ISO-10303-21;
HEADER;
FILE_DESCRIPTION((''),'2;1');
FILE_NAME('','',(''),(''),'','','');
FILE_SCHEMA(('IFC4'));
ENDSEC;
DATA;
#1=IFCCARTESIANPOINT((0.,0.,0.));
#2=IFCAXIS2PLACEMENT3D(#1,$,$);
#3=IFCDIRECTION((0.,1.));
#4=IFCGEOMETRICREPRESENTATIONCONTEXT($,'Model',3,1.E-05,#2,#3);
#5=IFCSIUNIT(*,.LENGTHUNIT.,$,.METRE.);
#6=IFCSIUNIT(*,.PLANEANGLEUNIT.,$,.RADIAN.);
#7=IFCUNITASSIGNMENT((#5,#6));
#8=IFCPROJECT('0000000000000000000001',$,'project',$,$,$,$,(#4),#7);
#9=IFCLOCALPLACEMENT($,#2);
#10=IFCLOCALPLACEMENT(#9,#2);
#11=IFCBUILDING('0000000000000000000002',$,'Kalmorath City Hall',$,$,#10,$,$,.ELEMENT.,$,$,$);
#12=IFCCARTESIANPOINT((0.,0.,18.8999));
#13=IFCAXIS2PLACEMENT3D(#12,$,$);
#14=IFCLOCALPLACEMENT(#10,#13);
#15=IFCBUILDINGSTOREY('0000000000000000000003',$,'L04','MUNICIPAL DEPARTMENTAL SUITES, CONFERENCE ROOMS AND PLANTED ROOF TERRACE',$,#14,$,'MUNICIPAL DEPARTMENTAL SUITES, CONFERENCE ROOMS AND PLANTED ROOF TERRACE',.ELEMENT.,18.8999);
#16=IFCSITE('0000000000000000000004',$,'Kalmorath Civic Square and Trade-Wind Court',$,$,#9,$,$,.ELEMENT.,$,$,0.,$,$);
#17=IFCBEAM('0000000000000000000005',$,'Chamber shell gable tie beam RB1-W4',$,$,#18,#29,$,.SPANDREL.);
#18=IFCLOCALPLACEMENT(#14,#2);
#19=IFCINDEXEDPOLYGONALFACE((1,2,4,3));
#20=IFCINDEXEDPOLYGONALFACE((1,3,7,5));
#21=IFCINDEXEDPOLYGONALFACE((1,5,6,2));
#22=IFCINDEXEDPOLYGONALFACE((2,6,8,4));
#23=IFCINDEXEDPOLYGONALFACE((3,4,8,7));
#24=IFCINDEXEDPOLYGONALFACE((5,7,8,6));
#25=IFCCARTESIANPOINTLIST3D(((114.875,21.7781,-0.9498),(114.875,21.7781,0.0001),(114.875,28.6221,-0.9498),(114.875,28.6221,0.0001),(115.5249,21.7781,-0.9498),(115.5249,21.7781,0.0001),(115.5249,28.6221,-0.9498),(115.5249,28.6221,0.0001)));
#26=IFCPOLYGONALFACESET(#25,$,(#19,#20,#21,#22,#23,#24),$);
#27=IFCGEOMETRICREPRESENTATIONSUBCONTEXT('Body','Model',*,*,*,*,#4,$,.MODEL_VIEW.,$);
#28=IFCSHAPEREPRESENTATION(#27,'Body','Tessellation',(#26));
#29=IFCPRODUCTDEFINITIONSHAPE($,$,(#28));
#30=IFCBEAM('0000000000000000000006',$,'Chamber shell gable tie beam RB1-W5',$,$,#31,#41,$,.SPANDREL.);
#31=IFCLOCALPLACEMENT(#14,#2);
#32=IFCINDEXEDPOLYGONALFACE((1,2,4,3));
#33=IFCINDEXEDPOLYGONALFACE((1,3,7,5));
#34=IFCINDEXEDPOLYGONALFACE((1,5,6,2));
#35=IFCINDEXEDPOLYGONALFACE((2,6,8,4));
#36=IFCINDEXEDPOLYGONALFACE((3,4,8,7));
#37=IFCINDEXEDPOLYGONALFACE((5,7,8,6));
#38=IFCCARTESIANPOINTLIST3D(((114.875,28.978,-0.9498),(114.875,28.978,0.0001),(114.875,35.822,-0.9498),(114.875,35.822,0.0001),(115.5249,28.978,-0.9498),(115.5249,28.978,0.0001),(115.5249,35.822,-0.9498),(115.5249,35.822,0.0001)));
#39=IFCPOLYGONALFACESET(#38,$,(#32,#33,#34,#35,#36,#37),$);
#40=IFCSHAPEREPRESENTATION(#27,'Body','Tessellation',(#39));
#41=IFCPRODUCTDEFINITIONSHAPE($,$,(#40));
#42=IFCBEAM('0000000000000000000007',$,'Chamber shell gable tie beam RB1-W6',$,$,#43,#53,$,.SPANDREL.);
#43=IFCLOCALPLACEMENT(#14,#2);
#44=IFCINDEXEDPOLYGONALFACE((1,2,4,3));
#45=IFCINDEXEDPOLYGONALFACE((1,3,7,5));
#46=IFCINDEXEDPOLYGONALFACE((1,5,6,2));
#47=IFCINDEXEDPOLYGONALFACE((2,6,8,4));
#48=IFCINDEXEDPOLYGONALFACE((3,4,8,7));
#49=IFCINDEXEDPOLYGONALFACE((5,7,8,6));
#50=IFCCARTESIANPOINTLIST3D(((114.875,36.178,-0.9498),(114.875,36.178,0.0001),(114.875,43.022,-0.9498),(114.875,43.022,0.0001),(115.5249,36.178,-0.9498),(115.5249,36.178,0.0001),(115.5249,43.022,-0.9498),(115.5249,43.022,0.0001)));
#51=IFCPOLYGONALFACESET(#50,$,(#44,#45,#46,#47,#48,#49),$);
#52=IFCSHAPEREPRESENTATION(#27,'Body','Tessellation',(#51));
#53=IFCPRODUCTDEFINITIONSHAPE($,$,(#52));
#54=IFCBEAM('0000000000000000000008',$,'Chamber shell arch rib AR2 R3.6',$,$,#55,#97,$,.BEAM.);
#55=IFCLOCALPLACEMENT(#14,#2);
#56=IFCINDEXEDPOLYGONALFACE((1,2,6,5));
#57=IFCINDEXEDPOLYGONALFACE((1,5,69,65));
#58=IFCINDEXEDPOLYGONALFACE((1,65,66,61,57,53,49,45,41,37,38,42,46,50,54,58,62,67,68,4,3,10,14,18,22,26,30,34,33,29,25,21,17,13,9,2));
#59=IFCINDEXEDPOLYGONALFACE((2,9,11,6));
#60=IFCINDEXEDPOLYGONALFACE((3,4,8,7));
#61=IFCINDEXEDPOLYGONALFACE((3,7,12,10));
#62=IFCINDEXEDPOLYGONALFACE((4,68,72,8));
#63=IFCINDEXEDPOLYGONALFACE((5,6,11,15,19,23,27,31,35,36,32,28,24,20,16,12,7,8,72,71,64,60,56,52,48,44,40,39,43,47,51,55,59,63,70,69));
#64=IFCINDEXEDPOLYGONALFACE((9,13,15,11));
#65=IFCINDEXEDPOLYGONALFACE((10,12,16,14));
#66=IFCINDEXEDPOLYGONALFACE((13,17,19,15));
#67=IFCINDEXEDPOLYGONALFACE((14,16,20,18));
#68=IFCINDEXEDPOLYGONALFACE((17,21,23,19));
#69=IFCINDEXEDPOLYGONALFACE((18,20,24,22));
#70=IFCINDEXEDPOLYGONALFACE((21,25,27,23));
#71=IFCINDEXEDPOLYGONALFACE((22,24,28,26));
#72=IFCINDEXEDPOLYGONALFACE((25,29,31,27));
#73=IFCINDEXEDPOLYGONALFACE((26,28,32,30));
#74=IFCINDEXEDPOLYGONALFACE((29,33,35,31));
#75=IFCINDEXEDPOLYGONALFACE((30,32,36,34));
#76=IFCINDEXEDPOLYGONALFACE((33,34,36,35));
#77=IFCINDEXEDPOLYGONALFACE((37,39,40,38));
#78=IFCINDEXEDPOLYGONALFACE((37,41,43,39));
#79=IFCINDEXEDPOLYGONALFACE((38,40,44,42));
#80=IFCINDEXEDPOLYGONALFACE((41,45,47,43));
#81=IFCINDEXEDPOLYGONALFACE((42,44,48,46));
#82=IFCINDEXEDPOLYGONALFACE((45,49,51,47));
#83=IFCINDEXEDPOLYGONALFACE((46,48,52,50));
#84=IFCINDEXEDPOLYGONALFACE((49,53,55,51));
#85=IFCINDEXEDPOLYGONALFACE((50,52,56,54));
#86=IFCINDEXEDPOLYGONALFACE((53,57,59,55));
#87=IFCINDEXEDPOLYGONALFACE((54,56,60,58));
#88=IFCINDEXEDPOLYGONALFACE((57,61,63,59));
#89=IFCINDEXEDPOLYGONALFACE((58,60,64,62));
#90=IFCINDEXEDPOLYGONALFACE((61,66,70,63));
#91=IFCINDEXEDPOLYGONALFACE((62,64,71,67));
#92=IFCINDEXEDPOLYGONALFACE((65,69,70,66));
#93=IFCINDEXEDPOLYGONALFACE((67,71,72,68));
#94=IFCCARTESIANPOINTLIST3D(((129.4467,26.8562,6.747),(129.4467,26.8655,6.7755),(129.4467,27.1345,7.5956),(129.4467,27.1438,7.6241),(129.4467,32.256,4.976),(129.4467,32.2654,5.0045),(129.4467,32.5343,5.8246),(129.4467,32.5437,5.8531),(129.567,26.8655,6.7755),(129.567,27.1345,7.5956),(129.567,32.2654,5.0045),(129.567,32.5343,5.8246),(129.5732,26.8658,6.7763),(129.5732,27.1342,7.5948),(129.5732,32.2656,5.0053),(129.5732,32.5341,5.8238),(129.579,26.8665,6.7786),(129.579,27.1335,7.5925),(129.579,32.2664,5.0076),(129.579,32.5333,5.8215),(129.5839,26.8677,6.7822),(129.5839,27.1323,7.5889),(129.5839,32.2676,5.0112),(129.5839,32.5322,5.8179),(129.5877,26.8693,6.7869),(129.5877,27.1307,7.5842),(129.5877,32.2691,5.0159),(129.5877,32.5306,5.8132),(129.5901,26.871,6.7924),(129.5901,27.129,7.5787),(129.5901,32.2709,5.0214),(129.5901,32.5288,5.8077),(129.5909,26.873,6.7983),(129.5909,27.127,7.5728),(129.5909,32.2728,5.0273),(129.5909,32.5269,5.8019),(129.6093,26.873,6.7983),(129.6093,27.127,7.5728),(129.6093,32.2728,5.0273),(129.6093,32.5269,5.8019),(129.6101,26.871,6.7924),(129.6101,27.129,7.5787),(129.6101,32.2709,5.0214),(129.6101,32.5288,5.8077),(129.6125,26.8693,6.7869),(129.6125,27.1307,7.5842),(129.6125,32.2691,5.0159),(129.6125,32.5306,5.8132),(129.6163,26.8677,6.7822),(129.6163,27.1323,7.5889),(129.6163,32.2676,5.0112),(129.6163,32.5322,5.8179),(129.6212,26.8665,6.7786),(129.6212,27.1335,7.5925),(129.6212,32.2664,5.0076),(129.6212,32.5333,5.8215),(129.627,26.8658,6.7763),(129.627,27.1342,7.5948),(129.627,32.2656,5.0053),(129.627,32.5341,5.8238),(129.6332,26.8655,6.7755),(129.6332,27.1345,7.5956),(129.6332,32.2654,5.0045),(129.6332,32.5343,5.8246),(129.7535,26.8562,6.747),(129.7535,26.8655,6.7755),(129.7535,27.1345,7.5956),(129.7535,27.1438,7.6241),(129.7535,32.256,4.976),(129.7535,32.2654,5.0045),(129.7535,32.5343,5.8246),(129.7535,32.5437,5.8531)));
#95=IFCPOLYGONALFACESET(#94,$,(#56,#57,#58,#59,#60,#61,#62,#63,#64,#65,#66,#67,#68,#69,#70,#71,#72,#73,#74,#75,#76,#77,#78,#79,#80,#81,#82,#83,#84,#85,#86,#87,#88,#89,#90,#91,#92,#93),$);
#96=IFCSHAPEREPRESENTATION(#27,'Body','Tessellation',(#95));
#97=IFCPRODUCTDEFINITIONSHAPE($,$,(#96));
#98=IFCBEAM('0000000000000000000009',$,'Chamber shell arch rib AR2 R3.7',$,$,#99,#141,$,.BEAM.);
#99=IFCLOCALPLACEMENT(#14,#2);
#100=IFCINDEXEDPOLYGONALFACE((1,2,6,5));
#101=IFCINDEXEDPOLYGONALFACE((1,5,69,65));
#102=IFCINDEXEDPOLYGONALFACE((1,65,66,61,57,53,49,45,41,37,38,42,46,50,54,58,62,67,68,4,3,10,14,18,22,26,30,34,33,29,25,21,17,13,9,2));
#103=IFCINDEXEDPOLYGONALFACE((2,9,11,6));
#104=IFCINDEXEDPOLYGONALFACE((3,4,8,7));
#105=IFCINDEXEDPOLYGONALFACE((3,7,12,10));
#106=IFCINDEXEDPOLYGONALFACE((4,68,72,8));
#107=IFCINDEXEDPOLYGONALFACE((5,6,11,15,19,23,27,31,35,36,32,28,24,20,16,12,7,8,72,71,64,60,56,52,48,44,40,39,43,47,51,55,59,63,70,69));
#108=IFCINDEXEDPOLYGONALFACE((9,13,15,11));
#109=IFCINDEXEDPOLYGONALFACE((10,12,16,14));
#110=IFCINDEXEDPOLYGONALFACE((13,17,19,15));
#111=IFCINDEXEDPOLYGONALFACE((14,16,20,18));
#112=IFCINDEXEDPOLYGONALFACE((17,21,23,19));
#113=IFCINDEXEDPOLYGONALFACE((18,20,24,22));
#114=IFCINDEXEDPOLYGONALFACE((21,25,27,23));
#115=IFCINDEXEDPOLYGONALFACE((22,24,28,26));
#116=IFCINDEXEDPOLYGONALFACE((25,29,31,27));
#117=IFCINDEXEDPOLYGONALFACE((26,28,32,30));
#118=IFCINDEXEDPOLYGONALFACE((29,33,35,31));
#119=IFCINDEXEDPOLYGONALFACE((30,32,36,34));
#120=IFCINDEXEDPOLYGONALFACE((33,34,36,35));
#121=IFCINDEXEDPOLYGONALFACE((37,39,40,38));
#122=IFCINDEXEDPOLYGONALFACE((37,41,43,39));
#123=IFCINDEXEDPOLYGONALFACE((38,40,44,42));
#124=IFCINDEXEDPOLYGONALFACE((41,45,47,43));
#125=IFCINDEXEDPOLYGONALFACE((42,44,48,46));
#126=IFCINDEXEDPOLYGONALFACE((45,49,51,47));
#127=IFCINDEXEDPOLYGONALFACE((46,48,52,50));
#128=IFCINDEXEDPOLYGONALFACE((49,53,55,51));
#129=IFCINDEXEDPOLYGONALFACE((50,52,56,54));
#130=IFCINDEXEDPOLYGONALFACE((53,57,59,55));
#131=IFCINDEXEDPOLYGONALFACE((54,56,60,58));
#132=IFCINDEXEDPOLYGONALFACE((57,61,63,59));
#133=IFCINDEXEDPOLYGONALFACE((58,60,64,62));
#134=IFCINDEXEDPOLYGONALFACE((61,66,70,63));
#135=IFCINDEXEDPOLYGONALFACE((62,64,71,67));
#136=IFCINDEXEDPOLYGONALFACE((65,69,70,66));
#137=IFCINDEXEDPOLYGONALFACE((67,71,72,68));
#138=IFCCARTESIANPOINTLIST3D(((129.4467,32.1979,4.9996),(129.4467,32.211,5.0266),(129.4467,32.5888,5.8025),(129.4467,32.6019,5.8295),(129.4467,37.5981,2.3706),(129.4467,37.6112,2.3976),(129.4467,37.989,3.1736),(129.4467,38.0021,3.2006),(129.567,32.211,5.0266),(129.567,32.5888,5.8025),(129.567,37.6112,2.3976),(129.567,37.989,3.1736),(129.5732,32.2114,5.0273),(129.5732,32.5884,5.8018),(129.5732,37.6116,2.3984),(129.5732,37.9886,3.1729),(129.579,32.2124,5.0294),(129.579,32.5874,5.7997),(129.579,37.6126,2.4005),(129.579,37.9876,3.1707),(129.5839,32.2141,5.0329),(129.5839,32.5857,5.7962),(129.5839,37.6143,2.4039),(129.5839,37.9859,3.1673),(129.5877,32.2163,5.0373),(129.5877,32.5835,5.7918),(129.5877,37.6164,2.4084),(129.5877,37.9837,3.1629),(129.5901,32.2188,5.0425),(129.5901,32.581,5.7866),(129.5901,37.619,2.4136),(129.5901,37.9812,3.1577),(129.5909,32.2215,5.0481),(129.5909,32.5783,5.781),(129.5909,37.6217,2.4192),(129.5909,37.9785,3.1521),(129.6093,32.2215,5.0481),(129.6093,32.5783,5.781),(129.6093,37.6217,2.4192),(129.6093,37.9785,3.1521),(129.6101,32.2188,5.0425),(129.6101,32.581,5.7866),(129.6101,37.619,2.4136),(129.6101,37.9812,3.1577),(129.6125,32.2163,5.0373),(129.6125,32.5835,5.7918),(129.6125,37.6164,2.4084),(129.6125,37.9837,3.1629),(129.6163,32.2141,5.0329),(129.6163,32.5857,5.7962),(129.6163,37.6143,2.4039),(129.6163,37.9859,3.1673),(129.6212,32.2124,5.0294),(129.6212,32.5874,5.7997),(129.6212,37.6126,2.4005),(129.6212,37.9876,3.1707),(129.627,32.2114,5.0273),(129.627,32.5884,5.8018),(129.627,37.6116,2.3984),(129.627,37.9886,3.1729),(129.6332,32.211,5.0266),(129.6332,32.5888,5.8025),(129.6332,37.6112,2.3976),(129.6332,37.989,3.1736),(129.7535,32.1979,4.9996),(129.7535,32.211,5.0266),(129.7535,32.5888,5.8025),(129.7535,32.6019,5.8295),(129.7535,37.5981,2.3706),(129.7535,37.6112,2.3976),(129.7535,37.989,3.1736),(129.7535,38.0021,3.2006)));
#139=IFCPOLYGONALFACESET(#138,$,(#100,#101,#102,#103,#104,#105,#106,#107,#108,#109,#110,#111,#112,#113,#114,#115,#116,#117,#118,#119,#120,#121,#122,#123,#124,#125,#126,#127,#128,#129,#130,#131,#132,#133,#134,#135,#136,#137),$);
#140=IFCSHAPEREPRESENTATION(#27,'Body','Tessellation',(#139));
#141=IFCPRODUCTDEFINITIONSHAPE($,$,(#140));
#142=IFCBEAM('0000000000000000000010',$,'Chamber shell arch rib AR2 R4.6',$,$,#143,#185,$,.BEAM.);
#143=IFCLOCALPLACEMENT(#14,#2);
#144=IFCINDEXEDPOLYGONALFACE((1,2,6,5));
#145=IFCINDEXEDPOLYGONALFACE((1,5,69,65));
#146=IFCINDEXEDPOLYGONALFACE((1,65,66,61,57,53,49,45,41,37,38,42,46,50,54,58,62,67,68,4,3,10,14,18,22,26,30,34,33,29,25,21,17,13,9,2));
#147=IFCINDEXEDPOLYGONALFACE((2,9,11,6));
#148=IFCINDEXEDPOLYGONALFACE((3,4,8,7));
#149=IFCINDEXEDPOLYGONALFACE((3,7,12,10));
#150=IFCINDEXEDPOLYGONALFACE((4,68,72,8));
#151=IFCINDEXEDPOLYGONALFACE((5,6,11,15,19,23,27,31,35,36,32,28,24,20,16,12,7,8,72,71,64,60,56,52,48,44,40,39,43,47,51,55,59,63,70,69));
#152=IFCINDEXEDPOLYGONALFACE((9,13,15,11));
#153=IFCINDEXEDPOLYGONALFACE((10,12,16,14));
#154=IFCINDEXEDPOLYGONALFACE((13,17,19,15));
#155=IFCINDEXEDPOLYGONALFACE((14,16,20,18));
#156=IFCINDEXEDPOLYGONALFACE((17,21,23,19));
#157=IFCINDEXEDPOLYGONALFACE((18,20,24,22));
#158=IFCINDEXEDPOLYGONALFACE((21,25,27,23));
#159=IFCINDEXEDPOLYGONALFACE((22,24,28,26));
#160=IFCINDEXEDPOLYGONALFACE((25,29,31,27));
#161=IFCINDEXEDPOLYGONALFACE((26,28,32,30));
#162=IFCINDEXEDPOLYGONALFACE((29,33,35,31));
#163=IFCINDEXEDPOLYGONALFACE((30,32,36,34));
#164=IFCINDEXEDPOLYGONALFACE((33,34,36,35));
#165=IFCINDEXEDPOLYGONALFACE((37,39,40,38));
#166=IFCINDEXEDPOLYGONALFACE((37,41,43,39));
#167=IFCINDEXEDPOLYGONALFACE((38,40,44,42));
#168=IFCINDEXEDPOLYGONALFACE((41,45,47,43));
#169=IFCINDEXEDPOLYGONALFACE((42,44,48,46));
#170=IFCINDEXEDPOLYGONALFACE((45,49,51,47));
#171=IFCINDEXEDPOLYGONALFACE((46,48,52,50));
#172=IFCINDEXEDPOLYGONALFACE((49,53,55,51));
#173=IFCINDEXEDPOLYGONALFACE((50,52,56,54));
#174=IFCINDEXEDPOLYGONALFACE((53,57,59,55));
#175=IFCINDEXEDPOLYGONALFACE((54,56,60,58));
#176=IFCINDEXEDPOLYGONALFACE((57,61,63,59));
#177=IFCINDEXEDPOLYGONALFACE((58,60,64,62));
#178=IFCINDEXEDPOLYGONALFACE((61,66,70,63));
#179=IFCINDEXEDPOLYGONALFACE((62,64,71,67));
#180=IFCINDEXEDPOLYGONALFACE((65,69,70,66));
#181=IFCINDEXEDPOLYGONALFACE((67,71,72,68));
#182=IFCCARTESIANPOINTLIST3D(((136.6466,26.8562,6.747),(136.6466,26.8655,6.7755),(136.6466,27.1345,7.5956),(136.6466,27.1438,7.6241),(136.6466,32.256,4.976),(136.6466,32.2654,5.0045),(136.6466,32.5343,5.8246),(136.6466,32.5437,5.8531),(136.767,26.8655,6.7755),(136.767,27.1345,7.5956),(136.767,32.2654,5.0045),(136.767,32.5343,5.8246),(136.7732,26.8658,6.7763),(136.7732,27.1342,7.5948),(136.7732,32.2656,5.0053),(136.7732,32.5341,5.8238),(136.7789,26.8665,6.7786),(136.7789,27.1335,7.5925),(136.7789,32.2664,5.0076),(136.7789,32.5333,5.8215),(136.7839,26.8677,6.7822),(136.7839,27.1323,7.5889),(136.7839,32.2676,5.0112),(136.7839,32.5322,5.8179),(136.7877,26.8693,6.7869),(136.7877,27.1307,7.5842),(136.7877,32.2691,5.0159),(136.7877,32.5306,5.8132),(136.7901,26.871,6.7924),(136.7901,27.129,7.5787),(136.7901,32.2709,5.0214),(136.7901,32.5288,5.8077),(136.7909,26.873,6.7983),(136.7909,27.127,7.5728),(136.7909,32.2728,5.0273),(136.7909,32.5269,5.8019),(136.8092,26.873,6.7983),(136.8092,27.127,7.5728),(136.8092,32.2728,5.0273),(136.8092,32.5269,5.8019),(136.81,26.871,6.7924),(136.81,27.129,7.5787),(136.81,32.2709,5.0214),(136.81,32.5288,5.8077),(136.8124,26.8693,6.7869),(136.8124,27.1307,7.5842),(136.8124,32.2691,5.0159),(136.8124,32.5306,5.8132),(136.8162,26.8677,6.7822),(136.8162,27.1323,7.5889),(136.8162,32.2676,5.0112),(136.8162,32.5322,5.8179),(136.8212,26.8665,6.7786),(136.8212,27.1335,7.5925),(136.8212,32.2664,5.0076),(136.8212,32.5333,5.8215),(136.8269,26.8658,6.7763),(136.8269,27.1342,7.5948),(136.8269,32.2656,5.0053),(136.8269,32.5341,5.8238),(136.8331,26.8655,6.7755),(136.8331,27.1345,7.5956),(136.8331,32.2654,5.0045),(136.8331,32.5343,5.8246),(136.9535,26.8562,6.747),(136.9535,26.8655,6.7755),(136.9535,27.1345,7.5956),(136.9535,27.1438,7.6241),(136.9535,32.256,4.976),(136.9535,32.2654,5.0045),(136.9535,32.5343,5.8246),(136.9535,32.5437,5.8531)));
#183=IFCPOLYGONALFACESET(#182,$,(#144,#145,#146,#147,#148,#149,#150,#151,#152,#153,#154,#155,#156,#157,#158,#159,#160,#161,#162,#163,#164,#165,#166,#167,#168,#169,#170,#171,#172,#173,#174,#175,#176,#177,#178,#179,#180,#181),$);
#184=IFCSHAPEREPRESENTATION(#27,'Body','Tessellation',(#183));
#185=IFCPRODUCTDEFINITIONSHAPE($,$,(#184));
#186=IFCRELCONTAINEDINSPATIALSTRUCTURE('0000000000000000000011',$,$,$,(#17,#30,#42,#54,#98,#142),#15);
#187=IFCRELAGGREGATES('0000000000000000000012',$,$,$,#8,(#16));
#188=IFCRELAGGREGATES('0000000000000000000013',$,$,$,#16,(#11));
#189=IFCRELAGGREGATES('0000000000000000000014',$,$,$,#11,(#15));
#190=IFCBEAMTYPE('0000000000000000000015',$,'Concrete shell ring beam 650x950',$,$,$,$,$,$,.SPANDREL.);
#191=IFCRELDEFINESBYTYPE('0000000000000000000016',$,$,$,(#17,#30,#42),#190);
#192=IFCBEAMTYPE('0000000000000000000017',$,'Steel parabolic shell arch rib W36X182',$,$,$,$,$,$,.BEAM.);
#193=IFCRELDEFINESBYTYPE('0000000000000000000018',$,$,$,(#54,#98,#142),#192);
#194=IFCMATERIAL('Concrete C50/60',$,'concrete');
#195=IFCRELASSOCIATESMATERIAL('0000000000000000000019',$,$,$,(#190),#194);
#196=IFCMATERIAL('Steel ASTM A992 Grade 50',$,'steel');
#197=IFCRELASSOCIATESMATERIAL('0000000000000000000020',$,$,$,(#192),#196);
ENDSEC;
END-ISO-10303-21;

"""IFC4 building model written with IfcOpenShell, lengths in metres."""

from ifc_helpers import new_model, si_unit, direction, frame, origin, origin_2d, place, context, subcontext, project, spatial, rectangle, i_section, extrude, material, material_profile, profile_set, type_object, element, save


model = new_model("IFC4")

# Units and contexts
model_context = context("Model", 3, precision=1e-05, world=origin(), true_north=direction((0.0, 1.0)))
body_context = subcontext(model_context, "Body", "Model", "MODEL_VIEW")
ifc_project = project(units=[si_unit("LENGTHUNIT", "METRE"), si_unit("PLANEANGLEUNIT", "RADIAN")], contexts=[model_context])

# Site, building, storey
site_placement = place(None, origin())
site = spatial("IfcSite", under=ifc_project, at=site_placement, Name="Kalmorath Civic Square and Trade-Wind Court", CompositionType="ELEMENT", RefElevation=0.0)
building_placement = place(site_placement, origin())
building = spatial("IfcBuilding", under=site, at=building_placement, Name="Kalmorath City Hall", CompositionType="ELEMENT")
storey_placement = place(building_placement, frame((0.0, 0.0, 18.8999)))
storey = spatial("IfcBuildingStorey", under=building, at=storey_placement, Name="L04", Description="MUNICIPAL DEPARTMENTAL SUITES, CONFERENCE ROOMS AND PLANTED ROOF TERRACE", LongName="MUNICIPAL DEPARTMENTAL SUITES, CONFERENCE ROOMS AND PLANTED ROOF TERRACE", CompositionType="ELEMENT", Elevation=18.8999)

# Beams
ifc_material_1 = material(Name="Concrete C50/60", Category="concrete")
ifc_material_profile_1 = material_profile(ifc_material_1, rectangle(XDim=0.6499, YDim=0.95, at=origin_2d()), Name="RC-RING-650X950")
ifc_profile_set_1 = profile_set([ifc_material_profile_1], Name="Concrete C50/60")
beam_type_1 = type_object("IfcBeamType", Name="Concrete shell ring beam 650x950", PredefinedType="SPANDREL", material=ifc_profile_set_1)
for number, where, z_axis, x_axis, name in (
    (1, (115.2, 21.7781, -0.4749), (0.0, 1.0, 0.0), (-1.0, 0.0, 0.0), "Chamber shell gable tie beam RB1-W4"),
    (2, (115.2, 28.978, -0.4749), (0.0, 1.0, 0.0), (-1.0, 0.0, 0.0), "Chamber shell gable tie beam RB1-W5"),
    (3, (115.2, 36.178, -0.4749), (0.0, 1.0, 0.0), (-1.0, 0.0, 0.0), "Chamber shell gable tie beam RB1-W6"),
):
    element("IfcBeam", number, at=place(storey_placement, frame(where, z_axis=z_axis, x_axis=x_axis)), inside=storey, type_object=beam_type_1, Name=name, PredefinedType="SPANDREL", context=body_context, shape_type="SweptSolid", body=[
        extrude(rectangle(XDim=0.6499, YDim=0.95, at=origin_2d()), origin(), (0.0, 0.0, 1.0), 6.844),
    ])
ifc_material_2 = material(Name="Steel ASTM A992 Grade 50", Category="steel")
ifc_material_profile_2 = material_profile(ifc_material_2, i_section(OverallWidth=0.3069, OverallDepth=0.9231, WebThickness=0.0183, FlangeThickness=0.03, FilletRadius=0.0239, at=origin_2d()), Name="W36X182")
ifc_profile_set_2 = profile_set([ifc_material_profile_2], Name="Steel ASTM A992 Grade 50")
beam_type_2 = type_object("IfcBeamType", Name="Steel parabolic shell arch rib W36X182", PredefinedType="BEAM", material=ifc_profile_set_2)
beam_1_placement = place(storey_placement, frame((129.6001, 27.0, 7.1855), z_axis=(0.0, 0.950202, -0.311636), x_axis=(-1.0, 0.0, 0.0)))
element("IfcBeam", 4, at=beam_1_placement, inside=storey, type_object=beam_type_2, Name="Chamber shell arch rib AR2 R3.6", PredefinedType="BEAM", context=body_context, shape_type="SweptSolid", body=[
    extrude(i_section(OverallWidth=0.3069, OverallDepth=0.9231, WebThickness=0.0183, FlangeThickness=0.03, FilletRadius=0.0239, at=origin_2d()), origin(), (0.0, 0.0, 1.0), 5.6829),
])
beam_2_placement = place(storey_placement, frame((129.6001, 32.3999, 5.4146), z_axis=(0.0, 0.899117, -0.437709), x_axis=(-1.0, 0.0, 0.0)))
element("IfcBeam", 5, at=beam_2_placement, inside=storey, type_object=beam_type_2, Name="Chamber shell arch rib AR2 R3.7", PredefinedType="BEAM", context=body_context, shape_type="SweptSolid", body=[
    extrude(i_section(OverallWidth=0.3069, OverallDepth=0.9231, WebThickness=0.0183, FlangeThickness=0.03, FilletRadius=0.0239, at=origin_2d()), origin(), (0.0, 0.0, 1.0), 6.0061),
])
beam_3_placement = place(storey_placement, frame((136.8, 27.0, 7.1855), z_axis=(0.0, 0.950202, -0.311636), x_axis=(-1.0, 0.0, 0.0)))
element("IfcBeam", 6, at=beam_3_placement, inside=storey, type_object=beam_type_2, Name="Chamber shell arch rib AR2 R4.6", PredefinedType="BEAM", context=body_context, shape_type="SweptSolid", body=[
    extrude(i_section(OverallWidth=0.3069, OverallDepth=0.9231, WebThickness=0.0183, FlangeThickness=0.03, FilletRadius=0.0239, at=origin_2d()), origin(), (0.0, 0.0, 1.0), 5.6829),
])

save(model, "model.ifc")
